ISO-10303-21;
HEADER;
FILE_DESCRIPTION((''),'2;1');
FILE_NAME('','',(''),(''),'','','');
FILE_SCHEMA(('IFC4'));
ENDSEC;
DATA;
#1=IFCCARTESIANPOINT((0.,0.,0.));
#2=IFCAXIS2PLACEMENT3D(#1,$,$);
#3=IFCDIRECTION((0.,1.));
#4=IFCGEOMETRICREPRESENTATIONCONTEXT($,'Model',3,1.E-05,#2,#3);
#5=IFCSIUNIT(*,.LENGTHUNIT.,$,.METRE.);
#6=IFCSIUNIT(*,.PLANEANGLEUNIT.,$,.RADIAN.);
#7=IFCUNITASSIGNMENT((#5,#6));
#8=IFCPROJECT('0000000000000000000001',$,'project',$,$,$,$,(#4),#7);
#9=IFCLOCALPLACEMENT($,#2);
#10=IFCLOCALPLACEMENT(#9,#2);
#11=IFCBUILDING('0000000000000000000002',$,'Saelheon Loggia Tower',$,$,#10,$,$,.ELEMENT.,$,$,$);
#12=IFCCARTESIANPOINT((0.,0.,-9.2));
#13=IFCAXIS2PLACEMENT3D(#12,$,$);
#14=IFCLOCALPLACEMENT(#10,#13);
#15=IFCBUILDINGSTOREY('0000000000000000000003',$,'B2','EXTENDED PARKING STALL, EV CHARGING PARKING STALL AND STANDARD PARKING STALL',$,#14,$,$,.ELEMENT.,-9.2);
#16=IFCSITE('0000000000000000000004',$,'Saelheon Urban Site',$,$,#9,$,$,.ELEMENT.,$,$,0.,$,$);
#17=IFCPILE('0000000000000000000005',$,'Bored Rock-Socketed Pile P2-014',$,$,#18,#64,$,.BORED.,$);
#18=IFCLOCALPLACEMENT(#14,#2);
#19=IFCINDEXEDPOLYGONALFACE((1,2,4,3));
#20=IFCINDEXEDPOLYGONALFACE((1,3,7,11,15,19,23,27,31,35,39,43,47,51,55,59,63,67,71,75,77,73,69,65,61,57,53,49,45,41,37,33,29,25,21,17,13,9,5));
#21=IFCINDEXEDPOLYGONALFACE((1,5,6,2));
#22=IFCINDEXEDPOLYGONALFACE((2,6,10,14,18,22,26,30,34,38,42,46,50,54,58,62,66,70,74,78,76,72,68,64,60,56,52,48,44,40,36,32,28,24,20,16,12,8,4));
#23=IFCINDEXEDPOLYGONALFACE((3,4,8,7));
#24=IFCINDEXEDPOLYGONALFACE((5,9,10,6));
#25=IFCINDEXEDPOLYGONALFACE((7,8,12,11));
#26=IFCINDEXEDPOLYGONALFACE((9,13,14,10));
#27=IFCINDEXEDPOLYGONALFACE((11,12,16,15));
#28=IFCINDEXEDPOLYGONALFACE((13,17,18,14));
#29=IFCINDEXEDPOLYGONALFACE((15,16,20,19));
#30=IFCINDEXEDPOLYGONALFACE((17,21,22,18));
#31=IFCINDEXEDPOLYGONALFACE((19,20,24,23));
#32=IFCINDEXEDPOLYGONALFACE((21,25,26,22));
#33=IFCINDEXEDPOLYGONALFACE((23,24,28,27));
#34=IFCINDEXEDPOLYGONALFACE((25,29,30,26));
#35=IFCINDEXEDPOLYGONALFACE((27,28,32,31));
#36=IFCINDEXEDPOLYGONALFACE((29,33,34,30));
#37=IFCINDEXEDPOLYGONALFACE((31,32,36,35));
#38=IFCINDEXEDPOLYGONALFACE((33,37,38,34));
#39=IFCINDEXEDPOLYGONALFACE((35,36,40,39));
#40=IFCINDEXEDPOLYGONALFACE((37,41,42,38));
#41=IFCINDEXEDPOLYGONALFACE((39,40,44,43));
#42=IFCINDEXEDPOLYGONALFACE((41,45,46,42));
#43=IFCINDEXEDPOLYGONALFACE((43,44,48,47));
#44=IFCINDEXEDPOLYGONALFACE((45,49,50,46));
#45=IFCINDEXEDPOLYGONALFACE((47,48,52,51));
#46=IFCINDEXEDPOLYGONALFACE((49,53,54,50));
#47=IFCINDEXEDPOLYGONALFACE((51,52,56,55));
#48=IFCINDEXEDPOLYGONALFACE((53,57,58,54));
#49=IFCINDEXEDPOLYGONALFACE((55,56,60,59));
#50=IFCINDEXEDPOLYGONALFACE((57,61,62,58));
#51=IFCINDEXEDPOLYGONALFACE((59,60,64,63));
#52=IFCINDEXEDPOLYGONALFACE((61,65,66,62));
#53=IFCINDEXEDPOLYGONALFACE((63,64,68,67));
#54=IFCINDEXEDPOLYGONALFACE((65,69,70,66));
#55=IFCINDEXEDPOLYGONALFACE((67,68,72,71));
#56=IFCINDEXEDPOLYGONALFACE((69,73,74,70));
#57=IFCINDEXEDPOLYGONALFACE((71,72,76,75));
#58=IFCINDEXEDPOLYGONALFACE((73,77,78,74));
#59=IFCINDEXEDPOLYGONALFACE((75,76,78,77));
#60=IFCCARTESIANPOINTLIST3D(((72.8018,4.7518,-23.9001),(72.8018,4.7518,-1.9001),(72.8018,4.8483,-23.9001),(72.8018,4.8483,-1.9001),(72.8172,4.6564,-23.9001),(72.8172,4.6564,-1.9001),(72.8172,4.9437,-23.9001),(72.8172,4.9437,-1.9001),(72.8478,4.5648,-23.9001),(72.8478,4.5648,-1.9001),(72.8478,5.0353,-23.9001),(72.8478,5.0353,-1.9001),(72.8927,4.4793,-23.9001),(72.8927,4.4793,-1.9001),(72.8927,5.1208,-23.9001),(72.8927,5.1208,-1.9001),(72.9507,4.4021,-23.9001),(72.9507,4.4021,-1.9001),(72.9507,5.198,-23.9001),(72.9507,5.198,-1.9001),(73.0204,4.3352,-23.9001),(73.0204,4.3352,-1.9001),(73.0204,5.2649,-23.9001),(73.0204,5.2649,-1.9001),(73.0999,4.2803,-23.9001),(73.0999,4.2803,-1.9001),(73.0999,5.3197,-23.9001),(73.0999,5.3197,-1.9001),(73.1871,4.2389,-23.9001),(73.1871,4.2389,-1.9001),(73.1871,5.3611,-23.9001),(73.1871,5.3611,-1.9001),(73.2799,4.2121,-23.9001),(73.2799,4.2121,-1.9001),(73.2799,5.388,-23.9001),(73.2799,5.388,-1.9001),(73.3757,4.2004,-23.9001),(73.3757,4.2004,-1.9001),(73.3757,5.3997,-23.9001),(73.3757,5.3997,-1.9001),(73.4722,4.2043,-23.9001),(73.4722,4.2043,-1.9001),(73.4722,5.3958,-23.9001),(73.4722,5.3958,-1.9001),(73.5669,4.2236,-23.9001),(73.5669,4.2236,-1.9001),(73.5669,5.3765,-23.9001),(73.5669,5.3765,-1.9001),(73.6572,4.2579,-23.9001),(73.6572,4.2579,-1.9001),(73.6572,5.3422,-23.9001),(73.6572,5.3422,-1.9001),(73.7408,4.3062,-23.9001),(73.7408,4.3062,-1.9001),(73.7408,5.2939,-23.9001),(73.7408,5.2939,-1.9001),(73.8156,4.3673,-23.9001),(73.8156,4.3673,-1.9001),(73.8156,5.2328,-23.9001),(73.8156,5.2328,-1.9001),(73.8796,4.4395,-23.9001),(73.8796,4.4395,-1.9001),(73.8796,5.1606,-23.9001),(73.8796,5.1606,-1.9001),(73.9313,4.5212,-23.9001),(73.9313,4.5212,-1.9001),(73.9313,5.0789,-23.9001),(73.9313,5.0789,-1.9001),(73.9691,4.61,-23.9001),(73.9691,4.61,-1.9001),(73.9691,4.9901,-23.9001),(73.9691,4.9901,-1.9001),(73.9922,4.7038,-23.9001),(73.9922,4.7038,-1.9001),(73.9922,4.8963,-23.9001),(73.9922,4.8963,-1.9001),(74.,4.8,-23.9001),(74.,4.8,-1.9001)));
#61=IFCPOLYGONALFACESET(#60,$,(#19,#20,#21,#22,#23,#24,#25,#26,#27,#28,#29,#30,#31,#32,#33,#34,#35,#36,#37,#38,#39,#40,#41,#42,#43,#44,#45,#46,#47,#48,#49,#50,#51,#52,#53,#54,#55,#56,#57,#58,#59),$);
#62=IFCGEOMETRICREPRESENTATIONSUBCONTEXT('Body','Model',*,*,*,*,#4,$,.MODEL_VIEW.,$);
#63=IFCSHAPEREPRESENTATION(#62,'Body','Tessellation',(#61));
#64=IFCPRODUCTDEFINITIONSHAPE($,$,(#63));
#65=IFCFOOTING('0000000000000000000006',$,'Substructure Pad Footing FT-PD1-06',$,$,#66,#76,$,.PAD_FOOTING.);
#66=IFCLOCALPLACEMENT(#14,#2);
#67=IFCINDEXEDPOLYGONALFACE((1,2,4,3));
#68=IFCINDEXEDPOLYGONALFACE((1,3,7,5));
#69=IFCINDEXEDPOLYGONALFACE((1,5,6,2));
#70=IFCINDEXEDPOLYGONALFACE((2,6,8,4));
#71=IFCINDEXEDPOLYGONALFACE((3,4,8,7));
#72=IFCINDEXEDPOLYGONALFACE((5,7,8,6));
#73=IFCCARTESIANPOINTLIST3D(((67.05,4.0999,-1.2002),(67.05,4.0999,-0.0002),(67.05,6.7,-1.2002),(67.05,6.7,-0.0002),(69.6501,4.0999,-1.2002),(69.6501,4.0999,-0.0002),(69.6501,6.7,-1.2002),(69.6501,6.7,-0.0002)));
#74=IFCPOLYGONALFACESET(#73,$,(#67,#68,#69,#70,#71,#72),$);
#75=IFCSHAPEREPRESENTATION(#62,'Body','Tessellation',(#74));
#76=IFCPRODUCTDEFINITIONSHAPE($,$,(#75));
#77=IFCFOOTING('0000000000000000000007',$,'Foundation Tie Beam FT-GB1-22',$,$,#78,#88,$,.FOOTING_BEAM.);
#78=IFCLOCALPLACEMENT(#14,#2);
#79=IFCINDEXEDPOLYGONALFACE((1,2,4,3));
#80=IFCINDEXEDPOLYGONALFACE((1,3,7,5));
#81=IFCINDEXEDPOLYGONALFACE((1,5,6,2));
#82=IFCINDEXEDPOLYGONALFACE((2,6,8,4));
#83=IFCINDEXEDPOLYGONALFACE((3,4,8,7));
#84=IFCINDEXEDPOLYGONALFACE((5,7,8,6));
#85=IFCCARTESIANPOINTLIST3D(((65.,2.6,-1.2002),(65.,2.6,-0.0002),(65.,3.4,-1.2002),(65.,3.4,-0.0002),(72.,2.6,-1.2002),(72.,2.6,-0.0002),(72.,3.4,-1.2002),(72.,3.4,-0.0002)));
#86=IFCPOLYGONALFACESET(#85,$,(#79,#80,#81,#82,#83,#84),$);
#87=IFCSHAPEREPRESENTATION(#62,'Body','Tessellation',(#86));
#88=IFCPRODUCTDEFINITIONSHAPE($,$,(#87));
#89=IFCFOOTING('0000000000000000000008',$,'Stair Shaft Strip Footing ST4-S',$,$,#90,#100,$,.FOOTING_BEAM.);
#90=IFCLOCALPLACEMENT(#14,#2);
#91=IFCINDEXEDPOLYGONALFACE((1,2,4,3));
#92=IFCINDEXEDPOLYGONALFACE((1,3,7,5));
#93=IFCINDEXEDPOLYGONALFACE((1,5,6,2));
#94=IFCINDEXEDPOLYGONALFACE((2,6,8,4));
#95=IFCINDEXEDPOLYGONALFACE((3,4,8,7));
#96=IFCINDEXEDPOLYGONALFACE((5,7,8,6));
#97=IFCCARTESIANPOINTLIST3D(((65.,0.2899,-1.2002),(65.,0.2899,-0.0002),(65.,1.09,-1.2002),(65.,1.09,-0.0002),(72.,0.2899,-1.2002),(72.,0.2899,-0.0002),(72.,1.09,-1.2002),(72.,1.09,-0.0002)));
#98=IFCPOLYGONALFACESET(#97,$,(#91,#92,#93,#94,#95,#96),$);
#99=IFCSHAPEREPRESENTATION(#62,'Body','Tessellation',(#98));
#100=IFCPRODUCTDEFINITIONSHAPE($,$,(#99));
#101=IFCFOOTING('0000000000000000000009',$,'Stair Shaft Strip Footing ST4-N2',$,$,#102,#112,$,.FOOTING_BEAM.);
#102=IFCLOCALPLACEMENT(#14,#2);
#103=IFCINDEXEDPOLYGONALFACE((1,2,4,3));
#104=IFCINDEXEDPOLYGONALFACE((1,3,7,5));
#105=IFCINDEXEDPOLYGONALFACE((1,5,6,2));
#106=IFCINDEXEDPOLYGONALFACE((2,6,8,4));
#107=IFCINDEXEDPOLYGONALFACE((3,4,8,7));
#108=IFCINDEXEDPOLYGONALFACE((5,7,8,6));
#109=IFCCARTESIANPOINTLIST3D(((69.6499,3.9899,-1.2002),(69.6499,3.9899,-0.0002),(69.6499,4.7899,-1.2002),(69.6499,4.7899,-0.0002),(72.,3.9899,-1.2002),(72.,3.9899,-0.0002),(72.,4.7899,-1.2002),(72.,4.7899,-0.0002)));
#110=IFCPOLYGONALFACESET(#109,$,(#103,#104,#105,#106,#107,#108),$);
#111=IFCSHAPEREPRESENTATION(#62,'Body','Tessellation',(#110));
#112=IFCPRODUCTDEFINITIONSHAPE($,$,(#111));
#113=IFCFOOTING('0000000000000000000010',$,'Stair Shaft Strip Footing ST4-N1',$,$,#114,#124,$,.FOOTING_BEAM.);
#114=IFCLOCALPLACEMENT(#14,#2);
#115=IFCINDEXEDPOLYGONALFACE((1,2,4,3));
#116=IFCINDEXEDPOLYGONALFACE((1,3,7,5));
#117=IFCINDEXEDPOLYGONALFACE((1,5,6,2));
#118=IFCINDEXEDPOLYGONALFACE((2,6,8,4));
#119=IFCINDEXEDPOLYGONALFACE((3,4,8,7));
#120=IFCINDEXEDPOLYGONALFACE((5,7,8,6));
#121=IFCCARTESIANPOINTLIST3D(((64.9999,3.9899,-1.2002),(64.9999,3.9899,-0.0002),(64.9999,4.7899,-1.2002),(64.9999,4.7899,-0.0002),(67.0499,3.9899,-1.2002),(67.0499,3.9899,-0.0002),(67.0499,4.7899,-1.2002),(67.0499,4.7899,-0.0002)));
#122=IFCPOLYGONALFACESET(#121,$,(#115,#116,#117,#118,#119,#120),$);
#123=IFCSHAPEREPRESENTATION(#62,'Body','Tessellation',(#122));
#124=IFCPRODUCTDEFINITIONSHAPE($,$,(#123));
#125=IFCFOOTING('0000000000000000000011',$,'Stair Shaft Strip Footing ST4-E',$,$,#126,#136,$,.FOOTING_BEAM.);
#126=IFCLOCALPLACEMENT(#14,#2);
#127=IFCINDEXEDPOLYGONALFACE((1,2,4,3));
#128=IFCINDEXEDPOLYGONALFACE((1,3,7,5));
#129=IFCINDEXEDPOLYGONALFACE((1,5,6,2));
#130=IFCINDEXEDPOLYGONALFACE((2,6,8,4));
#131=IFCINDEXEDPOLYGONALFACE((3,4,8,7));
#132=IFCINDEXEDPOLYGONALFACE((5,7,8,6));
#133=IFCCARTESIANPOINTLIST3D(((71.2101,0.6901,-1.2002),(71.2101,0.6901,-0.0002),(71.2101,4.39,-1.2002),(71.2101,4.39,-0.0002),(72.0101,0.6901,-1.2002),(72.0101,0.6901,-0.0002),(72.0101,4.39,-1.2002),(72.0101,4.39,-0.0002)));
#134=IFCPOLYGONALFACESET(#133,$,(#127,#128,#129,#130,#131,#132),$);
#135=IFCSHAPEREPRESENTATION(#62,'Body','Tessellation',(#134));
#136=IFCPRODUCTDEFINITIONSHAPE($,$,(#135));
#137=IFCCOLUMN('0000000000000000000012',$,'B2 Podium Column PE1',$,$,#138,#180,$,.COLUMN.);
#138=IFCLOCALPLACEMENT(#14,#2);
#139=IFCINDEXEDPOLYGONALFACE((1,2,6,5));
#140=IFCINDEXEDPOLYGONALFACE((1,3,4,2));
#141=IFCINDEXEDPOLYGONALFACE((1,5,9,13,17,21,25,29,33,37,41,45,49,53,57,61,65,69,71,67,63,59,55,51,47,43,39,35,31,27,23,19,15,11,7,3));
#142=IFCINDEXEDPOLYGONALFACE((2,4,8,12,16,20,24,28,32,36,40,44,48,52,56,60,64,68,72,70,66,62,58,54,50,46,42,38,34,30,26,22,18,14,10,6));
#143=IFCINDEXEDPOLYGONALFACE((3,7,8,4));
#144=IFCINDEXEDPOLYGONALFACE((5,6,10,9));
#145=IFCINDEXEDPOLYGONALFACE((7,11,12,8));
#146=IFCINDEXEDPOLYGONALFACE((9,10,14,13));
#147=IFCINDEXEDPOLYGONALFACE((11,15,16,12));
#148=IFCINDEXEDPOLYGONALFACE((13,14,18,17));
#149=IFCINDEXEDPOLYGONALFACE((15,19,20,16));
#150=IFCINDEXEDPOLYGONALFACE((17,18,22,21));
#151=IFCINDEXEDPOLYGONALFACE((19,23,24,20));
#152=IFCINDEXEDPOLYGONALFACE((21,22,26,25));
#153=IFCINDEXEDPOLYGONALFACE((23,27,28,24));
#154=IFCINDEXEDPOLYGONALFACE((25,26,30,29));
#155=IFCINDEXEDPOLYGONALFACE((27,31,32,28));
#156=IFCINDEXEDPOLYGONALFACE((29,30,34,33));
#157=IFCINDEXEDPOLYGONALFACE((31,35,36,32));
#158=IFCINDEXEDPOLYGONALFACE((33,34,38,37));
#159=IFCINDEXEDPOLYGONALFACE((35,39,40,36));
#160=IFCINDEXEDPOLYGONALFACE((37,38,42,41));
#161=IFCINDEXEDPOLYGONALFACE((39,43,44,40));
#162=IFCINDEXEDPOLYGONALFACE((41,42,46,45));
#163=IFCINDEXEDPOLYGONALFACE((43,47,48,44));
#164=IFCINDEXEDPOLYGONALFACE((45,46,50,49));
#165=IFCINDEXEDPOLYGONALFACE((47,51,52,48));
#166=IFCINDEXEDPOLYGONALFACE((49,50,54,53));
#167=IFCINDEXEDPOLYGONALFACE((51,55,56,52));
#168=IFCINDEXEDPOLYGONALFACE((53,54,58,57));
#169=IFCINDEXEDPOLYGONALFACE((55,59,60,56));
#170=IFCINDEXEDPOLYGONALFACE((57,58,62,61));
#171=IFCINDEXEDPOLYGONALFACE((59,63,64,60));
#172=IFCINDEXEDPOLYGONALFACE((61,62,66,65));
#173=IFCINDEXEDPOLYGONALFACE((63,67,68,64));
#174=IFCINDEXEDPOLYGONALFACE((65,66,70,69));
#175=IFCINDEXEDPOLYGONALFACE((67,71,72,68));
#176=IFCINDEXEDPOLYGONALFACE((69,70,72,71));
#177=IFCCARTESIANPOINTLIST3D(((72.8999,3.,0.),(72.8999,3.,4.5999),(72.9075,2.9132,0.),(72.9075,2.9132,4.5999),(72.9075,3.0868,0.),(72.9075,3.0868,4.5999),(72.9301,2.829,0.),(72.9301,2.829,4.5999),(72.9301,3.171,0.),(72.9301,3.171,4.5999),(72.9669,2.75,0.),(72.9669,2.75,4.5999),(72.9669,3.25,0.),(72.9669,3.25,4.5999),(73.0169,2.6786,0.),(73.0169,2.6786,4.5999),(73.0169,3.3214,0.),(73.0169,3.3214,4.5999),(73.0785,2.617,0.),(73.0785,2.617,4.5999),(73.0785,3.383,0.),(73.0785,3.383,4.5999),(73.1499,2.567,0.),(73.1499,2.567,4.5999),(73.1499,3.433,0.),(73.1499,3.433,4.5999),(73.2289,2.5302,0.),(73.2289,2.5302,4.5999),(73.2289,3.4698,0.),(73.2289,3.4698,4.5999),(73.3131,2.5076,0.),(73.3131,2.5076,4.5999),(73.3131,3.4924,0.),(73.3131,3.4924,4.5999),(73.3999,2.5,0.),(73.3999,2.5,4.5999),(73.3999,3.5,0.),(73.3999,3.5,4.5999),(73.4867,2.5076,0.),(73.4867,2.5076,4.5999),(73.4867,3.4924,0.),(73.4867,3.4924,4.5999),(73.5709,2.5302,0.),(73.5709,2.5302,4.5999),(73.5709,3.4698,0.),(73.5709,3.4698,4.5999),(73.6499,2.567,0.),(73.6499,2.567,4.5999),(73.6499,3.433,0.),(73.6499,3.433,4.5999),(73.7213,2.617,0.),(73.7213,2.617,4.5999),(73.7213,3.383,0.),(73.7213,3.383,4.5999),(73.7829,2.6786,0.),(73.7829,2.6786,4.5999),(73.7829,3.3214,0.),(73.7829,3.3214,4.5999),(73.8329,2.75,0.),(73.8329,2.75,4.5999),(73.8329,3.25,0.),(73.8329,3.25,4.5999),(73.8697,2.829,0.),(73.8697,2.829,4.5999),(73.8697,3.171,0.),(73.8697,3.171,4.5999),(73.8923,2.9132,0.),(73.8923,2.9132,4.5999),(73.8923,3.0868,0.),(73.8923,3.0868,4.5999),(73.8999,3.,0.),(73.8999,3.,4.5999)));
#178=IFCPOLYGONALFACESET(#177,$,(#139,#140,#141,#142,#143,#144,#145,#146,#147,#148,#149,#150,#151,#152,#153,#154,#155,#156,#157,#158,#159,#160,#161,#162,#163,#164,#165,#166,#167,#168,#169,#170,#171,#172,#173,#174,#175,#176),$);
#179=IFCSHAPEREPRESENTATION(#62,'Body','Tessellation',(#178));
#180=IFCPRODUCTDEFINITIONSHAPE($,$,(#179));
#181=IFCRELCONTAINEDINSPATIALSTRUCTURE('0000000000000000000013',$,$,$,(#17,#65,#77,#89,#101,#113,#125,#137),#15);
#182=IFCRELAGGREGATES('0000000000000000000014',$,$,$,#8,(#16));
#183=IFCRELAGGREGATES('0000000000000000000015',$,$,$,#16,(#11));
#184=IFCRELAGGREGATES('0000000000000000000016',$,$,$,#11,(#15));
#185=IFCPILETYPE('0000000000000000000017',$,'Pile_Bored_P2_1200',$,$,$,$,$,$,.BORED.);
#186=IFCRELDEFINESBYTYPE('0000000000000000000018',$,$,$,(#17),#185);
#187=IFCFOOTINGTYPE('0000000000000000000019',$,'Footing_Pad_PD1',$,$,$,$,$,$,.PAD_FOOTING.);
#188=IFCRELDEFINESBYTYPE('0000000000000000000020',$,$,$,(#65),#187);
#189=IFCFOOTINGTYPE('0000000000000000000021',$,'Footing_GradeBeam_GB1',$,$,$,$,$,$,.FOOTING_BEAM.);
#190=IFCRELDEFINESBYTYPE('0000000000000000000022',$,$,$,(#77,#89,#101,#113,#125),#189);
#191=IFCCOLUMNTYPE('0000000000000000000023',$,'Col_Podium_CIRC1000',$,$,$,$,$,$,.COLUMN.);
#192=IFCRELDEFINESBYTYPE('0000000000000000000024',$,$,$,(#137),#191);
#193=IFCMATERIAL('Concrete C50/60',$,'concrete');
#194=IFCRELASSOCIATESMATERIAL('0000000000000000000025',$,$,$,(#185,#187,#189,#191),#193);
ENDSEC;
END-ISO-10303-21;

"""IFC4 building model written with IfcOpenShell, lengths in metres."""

from ifc_helpers import new_model, si_unit, direction, frame, origin, origin_2d, place, context, subcontext, project, spatial, rectangle, circle, extrude, source, transform, mapped, material, material_profile, profile_set, type_object, element, save


model = new_model("IFC4")

# Units and contexts
model_context = context("Model", 3, precision=1e-05, world=origin(), true_north=direction((0.0, 1.0)))
body_context = subcontext(model_context, "Body", "Model", "MODEL_VIEW")
ifc_project = project(units=[si_unit("LENGTHUNIT", "METRE"), si_unit("PLANEANGLEUNIT", "RADIAN")], contexts=[model_context])

# Site, building, storey
site_placement = place(None, origin())
site = spatial("IfcSite", under=ifc_project, at=site_placement, Name="Saelheon Urban Site", CompositionType="ELEMENT", RefElevation=0.0)
building_placement = place(site_placement, origin())
building = spatial("IfcBuilding", under=site, at=building_placement, Name="Saelheon Loggia Tower", CompositionType="ELEMENT")
storey_placement = place(building_placement, frame((0.0, 0.0, -9.2)))
storey = spatial("IfcBuildingStorey", under=building, at=storey_placement, Name="B2", Description="EXTENDED PARKING STALL, EV CHARGING PARKING STALL AND STANDARD PARKING STALL", CompositionType="ELEMENT", Elevation=-9.2)

# Shared definitions
ifc_material_1 = material(Name="Concrete C50/60", Category="concrete")

# Pile
ifc_material_profile_1 = material_profile(ifc_material_1, circle(Radius=0.6001, at=origin_2d()), Name="CIRC-1200")
ifc_profile_set_1 = profile_set([ifc_material_profile_1], Name="Concrete C50/60")
pile_type_1 = type_object("IfcPileType", Name="Pile_Bored_P2_1200", PredefinedType="BORED", material=ifc_profile_set_1)
shared_shape_1 = source(origin(), body_context, "Body", "SweptSolid", [
    extrude(circle(Radius=0.6001, at=origin_2d()), origin(), (0.0, 0.0, 1.0), 22.0),
])
for number, where, z_axis, x_axis, name in (
    (1, (73.3999, 4.8, -1.9001), (0.0, 0.0, -1.0), (1.0, 0.0, 0.0), "Bored Rock-Socketed Pile P2-014"),
):
    element("IfcPile", number, at=place(storey_placement, frame(where, z_axis=z_axis, x_axis=x_axis)), inside=storey, type_object=pile_type_1, Name=name, PredefinedType="BORED", context=body_context, shape_type="MappedRepresentation", body=[
        mapped(shared_shape_1, transform((0.0, 0.0, 0.0), scale=1.0)),
    ])

# Footings
footing_type_1 = type_object("IfcFootingType", Name="Footing_Pad_PD1", PredefinedType="PAD_FOOTING", material=ifc_material_1)
shared_shape_2 = source(origin(), body_context, "Body", "SweptSolid", [
    extrude(rectangle(XDim=2.6001, YDim=2.6001, at=origin_2d()), origin(), (0.0, 0.0, 1.0), 1.2),
])
footing_1_placement = place(storey_placement, frame((68.3501, 5.3999, -1.2002), z_axis=(0.0, 0.0, 1.0), x_axis=(1.0, 0.0, 0.0)))
element("IfcFooting", 2, at=footing_1_placement, inside=storey, type_object=footing_type_1, Name="Substructure Pad Footing FT-PD1-06", PredefinedType="PAD_FOOTING", context=body_context, shape_type="MappedRepresentation", body=[
    mapped(shared_shape_2, transform((0.0, 0.0, 0.0), scale=1.0)),
])
footing_type_2 = type_object("IfcFootingType", Name="Footing_GradeBeam_GB1", PredefinedType="FOOTING_BEAM", material=ifc_material_1)
shared_shape_3 = source(origin(), body_context, "Body", "SweptSolid", [
    extrude(rectangle(XDim=7.0, YDim=0.8, at=origin_2d()), origin(), (0.0, 0.0, 1.0), 1.2),
])
for number, where, z_axis, x_axis, name in (
    (3, (68.5, 3.0, -1.2002), (0.0, 0.0, 1.0), (1.0, 0.0, 0.0), "Foundation Tie Beam FT-GB1-22"),
    (4, (68.5, 0.6899, -1.2002), (0.0, 0.0, 1.0), (1.0, 0.0, 0.0), "Stair Shaft Strip Footing ST4-S"),
):
    element("IfcFooting", number, at=place(storey_placement, frame(where, z_axis=z_axis, x_axis=x_axis)), inside=storey, type_object=footing_type_2, Name=name, PredefinedType="FOOTING_BEAM", context=body_context, shape_type="MappedRepresentation", body=[
        mapped(shared_shape_3, transform((0.0, 0.0, 0.0), scale=1.0)),
    ])
shared_shape_4 = source(origin(), body_context, "Body", "SweptSolid", [
    extrude(rectangle(XDim=2.3501, YDim=0.8, at=origin_2d()), origin(), (0.0, 0.0, 1.0), 1.2),
])
footing_2_placement = place(storey_placement, frame((70.825, 4.3899, -1.2002), z_axis=(0.0, 0.0, 1.0), x_axis=(1.0, 0.0, 0.0)))
element("IfcFooting", 5, at=footing_2_placement, inside=storey, type_object=footing_type_2, Name="Stair Shaft Strip Footing ST4-N2", PredefinedType="FOOTING_BEAM", context=body_context, shape_type="MappedRepresentation", body=[
    mapped(shared_shape_4, transform((0.0, 0.0, 0.0), scale=1.0)),
])
shared_shape_5 = source(origin(), body_context, "Body", "SweptSolid", [
    extrude(rectangle(XDim=2.05, YDim=0.8, at=origin_2d()), origin(), (0.0, 0.0, 1.0), 1.2),
])
footing_3_placement = place(storey_placement, frame((66.0249, 4.3899, -1.2002), z_axis=(0.0, 0.0, 1.0), x_axis=(1.0, 0.0, 0.0)))
element("IfcFooting", 6, at=footing_3_placement, inside=storey, type_object=footing_type_2, Name="Stair Shaft Strip Footing ST4-N1", PredefinedType="FOOTING_BEAM", context=body_context, shape_type="MappedRepresentation", body=[
    mapped(shared_shape_5, transform((0.0, 0.0, 0.0), scale=1.0)),
])
shared_shape_6 = source(origin(), body_context, "Body", "SweptSolid", [
    extrude(rectangle(XDim=0.8, YDim=3.7, at=origin_2d()), origin(), (0.0, 0.0, 1.0), 1.2),
])
footing_4_placement = place(storey_placement, frame((71.6101, 2.54, -1.2002), z_axis=(0.0, 0.0, 1.0), x_axis=(1.0, 0.0, 0.0)))
element("IfcFooting", 7, at=footing_4_placement, inside=storey, type_object=footing_type_2, Name="Stair Shaft Strip Footing ST4-E", PredefinedType="FOOTING_BEAM", context=body_context, shape_type="MappedRepresentation", body=[
    mapped(shared_shape_6, transform((0.0, 0.0, 0.0), scale=1.0)),
])

# Column
ifc_material_profile_2 = material_profile(ifc_material_1, circle(Radius=0.5, at=origin_2d()), Name="CIRC-1000")
ifc_profile_set_2 = profile_set([ifc_material_profile_2], Name="Concrete C50/60")
column_type_1 = type_object("IfcColumnType", Name="Col_Podium_CIRC1000", PredefinedType="COLUMN", material=ifc_profile_set_2)
shared_shape_7 = source(origin(), body_context, "Body", "SweptSolid", [
    extrude(circle(Radius=0.5, at=origin_2d()), origin(), (0.0, 0.0, 1.0), 4.5999),
])
column_1_placement = place(storey_placement, frame((73.3999, 3.0, 0.0), z_axis=(0.0, 0.0, 1.0), x_axis=(1.0, 0.0, 0.0)))
element("IfcColumn", 8, at=column_1_placement, inside=storey, type_object=column_type_1, Name="B2 Podium Column PE1", PredefinedType="COLUMN", context=body_context, shape_type="MappedRepresentation", body=[
    mapped(shared_shape_7, transform((0.0, 0.0, 0.0), scale=1.0)),
])

save(model, "model.ifc")
